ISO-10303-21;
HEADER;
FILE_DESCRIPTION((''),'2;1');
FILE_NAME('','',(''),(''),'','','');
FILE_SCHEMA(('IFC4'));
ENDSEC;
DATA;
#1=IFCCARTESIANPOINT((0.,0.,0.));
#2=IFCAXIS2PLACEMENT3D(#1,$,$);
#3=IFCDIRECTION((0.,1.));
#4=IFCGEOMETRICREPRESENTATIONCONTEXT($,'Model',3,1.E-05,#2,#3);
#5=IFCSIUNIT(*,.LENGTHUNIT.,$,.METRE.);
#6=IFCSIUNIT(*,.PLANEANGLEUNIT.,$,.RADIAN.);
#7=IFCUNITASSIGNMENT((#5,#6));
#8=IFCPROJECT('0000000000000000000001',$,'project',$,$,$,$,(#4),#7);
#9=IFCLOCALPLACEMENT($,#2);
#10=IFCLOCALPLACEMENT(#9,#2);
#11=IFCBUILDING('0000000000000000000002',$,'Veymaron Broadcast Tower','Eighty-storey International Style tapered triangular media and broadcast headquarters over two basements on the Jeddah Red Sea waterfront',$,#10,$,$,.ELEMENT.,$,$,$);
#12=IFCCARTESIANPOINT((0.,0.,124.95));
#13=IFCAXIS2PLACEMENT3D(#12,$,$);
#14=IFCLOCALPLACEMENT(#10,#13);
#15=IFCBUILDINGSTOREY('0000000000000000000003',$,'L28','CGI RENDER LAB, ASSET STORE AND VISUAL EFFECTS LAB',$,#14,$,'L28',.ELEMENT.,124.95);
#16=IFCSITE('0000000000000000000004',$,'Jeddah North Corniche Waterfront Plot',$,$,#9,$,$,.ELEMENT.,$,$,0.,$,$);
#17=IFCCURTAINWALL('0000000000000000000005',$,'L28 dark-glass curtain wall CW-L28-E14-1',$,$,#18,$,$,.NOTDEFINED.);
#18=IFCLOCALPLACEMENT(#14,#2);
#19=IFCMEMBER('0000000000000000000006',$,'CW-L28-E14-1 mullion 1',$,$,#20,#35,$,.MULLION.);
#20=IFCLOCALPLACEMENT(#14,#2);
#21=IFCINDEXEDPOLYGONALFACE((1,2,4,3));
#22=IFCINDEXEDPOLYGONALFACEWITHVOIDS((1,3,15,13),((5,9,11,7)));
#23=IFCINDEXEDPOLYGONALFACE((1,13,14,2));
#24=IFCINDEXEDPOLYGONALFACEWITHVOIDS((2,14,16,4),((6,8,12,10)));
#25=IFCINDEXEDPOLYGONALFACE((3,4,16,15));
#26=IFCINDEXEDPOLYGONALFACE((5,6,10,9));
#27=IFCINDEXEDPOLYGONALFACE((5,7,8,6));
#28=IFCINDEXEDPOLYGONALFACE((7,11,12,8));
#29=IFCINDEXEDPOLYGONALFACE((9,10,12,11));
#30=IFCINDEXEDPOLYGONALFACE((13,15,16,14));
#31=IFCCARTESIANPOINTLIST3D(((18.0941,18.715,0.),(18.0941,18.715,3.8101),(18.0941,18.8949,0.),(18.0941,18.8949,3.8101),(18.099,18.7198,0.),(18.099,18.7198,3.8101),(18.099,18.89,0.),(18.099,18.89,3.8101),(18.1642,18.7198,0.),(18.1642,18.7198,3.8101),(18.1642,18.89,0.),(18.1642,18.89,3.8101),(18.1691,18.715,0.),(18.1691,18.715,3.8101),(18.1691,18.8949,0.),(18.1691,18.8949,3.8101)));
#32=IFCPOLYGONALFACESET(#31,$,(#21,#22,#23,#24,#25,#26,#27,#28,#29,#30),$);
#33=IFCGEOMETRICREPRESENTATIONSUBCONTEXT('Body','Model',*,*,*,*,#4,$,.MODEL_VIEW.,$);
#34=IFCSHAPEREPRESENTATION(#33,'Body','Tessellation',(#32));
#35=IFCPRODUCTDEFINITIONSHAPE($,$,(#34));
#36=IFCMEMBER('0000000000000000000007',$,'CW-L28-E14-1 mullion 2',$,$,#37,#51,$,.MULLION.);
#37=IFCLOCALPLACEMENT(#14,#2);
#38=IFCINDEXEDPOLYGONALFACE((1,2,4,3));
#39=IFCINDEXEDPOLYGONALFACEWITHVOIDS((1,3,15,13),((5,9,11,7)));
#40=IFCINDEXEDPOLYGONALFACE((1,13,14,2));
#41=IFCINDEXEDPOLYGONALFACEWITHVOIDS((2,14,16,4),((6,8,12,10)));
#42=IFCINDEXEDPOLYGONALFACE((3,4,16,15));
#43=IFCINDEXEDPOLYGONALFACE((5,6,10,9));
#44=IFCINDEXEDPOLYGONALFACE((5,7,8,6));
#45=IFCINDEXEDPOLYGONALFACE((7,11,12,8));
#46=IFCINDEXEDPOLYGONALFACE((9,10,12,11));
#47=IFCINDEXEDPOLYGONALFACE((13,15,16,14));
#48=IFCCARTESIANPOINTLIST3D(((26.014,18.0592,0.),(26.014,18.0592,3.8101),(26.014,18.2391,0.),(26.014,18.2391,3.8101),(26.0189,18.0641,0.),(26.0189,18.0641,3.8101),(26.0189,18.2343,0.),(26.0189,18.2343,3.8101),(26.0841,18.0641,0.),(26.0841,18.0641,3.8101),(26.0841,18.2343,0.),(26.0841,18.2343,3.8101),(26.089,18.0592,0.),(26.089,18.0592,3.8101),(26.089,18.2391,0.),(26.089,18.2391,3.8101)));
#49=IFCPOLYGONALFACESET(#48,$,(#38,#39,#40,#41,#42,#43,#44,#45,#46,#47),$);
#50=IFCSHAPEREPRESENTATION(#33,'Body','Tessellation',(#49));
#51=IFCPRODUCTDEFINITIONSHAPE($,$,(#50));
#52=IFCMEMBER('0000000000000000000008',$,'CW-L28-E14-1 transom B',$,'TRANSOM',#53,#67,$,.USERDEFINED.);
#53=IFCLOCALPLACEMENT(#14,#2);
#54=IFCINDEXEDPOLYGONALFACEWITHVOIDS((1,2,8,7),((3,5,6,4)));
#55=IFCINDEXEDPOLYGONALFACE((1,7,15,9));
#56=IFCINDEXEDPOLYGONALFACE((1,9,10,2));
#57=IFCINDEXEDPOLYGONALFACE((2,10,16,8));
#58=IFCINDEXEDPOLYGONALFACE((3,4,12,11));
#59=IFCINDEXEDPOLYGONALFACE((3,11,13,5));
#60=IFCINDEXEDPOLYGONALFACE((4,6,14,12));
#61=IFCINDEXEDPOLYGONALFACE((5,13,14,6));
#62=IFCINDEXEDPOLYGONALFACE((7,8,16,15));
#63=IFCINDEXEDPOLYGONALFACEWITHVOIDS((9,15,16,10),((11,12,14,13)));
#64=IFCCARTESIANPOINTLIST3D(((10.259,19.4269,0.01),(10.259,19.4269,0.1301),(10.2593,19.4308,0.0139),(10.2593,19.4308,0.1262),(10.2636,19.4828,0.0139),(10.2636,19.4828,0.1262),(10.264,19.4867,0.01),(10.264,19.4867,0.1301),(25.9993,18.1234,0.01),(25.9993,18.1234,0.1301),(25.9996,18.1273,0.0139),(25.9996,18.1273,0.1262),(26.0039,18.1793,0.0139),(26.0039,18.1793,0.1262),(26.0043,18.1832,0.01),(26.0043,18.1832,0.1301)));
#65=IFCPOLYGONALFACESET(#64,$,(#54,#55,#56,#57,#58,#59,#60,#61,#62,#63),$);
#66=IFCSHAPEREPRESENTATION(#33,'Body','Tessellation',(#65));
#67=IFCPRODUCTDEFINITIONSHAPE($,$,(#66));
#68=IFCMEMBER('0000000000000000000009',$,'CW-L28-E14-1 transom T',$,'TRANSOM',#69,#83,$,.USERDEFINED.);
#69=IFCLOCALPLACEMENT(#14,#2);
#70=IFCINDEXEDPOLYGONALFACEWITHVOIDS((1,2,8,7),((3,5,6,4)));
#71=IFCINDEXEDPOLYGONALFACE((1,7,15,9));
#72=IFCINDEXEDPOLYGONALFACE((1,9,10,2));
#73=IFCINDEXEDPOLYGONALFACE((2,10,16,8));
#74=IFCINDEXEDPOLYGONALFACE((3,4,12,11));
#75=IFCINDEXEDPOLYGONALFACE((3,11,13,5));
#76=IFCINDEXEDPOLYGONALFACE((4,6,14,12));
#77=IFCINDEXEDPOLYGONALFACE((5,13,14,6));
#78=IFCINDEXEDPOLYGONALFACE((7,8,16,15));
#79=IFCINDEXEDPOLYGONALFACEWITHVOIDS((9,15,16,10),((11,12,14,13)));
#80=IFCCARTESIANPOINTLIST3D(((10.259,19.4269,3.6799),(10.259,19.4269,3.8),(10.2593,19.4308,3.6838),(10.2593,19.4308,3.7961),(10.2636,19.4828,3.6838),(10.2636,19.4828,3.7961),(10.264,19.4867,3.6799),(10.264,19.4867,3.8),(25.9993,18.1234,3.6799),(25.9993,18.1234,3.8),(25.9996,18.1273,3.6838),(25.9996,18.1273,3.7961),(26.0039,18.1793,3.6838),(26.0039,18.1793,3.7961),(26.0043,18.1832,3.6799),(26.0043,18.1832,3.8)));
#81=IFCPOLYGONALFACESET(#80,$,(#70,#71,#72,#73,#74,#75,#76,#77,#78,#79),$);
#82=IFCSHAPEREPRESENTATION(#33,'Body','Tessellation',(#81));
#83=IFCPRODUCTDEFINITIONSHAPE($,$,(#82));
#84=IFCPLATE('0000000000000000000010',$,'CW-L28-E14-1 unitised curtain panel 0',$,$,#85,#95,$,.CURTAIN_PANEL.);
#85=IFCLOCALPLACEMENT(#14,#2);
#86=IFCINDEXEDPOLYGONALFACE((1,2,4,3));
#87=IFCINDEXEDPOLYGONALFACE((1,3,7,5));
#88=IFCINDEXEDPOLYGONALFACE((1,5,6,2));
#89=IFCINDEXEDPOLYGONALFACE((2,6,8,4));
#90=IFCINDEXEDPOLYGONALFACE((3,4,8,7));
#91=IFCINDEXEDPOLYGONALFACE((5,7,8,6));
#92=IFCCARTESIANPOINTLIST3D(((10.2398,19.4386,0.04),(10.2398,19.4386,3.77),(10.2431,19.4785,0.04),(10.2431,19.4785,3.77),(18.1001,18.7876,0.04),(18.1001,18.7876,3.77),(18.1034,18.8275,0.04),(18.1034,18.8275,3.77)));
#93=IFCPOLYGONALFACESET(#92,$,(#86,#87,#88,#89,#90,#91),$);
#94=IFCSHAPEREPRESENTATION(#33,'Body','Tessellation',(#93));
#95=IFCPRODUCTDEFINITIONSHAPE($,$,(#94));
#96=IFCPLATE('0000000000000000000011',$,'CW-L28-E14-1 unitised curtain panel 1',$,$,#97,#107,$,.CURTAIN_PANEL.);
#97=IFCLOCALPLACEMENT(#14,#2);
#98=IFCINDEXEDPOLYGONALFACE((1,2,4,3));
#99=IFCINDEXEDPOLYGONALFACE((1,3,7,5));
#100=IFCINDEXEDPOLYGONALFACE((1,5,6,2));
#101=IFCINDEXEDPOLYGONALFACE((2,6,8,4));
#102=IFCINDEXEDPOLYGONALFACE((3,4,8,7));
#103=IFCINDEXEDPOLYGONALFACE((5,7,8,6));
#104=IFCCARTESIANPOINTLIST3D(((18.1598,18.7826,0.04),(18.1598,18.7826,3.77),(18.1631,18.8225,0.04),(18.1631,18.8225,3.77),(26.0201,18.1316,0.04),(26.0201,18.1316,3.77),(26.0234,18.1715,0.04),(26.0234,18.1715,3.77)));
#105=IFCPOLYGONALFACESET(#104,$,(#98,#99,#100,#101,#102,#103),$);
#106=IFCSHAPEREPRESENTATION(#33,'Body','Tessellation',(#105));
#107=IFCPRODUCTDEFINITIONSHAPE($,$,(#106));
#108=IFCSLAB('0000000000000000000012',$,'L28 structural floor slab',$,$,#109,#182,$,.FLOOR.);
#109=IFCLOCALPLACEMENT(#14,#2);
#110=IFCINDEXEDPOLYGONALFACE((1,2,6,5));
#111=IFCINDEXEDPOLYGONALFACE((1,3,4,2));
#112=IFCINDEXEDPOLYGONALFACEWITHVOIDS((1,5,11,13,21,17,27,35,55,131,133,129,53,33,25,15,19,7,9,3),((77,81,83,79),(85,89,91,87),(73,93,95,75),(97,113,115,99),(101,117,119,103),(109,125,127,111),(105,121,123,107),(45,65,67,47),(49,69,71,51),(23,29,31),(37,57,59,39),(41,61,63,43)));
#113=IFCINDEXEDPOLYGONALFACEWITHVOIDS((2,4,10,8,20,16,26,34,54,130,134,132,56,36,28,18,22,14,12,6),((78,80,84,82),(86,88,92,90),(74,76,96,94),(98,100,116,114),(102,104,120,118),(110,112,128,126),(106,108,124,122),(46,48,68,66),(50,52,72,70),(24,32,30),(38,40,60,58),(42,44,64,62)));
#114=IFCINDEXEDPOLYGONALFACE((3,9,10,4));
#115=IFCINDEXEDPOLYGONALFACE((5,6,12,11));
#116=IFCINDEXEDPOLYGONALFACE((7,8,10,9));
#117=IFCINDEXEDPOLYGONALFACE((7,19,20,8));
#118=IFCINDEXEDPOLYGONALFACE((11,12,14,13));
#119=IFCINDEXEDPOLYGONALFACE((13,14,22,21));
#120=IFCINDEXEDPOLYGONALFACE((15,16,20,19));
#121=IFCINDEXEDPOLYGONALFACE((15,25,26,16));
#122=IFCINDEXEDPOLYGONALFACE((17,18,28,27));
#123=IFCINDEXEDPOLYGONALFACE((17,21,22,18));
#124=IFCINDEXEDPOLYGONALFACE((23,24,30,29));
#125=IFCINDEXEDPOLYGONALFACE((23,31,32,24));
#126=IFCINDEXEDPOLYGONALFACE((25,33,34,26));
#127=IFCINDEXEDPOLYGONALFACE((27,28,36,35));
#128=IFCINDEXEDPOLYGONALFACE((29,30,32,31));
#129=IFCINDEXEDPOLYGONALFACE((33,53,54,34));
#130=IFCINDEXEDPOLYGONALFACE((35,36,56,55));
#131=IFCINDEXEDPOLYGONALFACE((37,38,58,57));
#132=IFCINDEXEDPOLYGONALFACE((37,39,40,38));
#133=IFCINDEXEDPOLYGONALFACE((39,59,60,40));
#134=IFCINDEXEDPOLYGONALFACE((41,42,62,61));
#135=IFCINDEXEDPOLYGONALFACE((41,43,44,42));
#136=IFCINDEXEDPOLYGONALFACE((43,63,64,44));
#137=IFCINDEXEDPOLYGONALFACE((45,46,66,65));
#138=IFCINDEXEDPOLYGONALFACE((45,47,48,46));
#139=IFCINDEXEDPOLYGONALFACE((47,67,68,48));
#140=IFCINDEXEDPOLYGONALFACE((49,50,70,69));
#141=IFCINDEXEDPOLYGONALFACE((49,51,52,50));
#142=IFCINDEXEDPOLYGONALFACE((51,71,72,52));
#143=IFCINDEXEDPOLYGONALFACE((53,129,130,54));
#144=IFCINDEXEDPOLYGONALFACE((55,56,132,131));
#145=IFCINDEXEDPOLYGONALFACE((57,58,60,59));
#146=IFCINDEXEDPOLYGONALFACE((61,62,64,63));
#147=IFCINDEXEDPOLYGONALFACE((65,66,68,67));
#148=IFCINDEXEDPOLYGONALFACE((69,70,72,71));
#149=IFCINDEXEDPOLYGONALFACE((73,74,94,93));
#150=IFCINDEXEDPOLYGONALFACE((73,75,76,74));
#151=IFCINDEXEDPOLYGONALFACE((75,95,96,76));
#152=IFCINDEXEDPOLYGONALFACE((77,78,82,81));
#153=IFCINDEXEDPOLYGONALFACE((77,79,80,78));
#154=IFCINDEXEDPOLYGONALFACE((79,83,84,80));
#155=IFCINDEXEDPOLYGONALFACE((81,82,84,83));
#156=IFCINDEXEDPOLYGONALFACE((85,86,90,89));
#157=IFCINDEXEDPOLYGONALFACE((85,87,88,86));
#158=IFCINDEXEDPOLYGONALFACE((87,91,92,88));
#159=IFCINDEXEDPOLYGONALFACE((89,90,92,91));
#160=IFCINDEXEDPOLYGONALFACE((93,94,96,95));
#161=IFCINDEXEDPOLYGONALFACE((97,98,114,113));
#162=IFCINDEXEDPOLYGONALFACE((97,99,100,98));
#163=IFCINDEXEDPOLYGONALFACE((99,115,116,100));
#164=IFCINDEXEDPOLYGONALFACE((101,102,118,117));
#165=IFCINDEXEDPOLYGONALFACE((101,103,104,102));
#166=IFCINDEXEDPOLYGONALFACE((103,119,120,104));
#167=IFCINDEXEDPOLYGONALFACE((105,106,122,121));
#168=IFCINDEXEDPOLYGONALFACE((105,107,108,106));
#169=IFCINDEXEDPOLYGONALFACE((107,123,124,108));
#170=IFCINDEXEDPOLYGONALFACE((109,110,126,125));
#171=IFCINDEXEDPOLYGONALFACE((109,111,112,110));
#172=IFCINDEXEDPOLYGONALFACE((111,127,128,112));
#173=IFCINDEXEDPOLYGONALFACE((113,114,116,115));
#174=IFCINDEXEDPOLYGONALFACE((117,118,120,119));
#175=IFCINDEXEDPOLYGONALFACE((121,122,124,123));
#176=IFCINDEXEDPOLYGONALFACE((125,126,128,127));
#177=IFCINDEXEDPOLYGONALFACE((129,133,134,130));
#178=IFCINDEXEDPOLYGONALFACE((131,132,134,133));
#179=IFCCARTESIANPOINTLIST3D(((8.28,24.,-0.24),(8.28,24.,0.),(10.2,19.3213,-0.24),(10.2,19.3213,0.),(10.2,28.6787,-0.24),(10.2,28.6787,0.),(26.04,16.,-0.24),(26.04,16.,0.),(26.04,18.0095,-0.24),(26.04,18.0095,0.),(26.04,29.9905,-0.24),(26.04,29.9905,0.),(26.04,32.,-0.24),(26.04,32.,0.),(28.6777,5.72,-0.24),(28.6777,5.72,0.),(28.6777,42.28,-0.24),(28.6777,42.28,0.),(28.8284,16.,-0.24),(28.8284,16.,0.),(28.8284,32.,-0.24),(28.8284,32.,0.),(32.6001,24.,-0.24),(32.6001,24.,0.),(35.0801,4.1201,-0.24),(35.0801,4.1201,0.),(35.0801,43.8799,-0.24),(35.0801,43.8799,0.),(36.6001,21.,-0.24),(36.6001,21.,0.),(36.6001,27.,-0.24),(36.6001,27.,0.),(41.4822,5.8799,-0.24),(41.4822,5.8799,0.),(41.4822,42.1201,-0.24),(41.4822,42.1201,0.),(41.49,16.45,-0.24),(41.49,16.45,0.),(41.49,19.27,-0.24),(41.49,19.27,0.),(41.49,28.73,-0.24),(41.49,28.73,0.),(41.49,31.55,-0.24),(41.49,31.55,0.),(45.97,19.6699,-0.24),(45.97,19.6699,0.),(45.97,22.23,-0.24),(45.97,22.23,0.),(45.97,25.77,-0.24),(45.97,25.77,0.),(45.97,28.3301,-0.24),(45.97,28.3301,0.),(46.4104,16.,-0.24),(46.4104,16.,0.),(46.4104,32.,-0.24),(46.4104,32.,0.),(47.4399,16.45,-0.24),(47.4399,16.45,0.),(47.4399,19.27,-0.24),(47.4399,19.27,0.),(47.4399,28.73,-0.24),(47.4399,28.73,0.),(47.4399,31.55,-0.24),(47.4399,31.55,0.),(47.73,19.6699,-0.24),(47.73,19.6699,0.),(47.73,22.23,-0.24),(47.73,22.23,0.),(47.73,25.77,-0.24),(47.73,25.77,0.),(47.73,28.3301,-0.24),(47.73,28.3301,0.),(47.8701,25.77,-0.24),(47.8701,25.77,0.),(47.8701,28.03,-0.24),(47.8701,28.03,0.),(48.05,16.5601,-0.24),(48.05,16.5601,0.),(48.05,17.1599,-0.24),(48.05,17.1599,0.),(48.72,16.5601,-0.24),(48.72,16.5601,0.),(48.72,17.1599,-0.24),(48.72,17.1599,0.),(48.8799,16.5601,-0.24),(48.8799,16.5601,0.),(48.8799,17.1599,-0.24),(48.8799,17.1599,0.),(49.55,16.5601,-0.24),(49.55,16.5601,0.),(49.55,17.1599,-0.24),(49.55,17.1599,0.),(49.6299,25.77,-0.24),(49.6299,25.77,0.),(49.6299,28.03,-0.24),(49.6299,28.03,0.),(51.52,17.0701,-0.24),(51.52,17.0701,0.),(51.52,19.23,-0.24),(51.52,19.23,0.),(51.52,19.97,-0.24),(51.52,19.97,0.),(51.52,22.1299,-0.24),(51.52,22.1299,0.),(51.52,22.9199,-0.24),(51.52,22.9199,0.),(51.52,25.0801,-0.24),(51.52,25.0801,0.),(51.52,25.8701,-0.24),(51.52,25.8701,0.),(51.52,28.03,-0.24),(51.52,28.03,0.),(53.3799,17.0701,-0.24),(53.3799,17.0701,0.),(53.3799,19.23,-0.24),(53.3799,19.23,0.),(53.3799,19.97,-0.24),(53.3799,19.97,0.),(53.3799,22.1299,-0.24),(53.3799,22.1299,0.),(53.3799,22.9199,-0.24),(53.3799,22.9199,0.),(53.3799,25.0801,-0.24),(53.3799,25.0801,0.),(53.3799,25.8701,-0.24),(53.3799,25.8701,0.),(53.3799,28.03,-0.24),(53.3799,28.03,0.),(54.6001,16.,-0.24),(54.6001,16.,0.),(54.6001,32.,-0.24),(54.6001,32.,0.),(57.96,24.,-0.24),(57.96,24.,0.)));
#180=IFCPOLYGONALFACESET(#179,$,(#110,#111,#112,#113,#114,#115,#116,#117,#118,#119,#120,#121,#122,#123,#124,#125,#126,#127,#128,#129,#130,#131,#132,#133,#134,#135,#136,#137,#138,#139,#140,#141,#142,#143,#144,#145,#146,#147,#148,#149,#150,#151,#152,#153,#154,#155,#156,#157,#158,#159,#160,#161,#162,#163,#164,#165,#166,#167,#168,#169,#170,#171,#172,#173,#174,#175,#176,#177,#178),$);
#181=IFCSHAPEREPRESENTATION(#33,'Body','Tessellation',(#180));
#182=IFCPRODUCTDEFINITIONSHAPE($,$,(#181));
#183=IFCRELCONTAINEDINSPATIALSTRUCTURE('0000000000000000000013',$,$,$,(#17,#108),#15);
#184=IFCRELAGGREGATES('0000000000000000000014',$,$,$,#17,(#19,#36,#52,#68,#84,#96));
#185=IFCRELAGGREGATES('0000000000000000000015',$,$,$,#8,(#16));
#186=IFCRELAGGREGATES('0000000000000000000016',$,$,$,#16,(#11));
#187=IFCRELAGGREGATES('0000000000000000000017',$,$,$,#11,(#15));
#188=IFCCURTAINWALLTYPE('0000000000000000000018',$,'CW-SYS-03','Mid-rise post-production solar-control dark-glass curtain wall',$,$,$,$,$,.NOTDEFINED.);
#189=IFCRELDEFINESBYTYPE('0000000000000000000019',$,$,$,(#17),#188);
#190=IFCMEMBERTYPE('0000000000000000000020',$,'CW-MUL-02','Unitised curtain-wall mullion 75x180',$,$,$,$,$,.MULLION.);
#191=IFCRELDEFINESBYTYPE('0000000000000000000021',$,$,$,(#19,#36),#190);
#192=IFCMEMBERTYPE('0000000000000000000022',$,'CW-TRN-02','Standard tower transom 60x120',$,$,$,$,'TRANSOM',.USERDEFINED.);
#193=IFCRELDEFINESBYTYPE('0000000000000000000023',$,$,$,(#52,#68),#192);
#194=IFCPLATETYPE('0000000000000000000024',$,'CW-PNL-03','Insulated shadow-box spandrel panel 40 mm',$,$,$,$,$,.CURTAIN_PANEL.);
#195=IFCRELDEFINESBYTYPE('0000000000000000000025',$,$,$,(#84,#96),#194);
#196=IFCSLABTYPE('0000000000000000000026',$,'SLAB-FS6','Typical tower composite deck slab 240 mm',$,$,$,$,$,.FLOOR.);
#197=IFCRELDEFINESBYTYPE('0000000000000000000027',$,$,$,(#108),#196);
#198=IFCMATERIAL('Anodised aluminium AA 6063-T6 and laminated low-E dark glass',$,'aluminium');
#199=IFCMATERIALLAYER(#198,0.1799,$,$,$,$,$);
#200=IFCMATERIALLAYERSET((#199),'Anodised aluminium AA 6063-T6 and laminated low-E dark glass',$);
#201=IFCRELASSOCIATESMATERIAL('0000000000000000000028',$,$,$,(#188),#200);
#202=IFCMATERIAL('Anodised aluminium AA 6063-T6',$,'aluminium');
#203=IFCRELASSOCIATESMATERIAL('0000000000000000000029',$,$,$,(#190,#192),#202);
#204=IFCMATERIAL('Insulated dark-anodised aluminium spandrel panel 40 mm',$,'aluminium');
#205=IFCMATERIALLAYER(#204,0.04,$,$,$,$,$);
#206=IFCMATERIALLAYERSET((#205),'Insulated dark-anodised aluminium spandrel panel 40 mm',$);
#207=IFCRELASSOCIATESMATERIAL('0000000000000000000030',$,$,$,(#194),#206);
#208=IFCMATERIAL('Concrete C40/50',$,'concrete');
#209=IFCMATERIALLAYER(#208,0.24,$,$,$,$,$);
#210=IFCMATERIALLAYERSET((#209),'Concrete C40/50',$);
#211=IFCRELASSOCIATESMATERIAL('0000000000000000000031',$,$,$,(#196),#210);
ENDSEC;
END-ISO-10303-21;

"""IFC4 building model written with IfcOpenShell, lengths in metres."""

from ifc_helpers import new_model, si_unit, direction, frame, origin, origin_2d, place, context, subcontext, project, spatial, polyline, rectangle, hollow_rectangle, outline, extrude, material, layer, layer_set, material_profile, profile_set, type_object, element, aggregate, save


model = new_model("IFC4")

# Units and contexts
model_context = context("Model", 3, precision=1e-05, world=origin(), true_north=direction((0.0, 1.0)))
body_context = subcontext(model_context, "Body", "Model", "MODEL_VIEW")
ifc_project = project(units=[si_unit("LENGTHUNIT", "METRE"), si_unit("PLANEANGLEUNIT", "RADIAN")], contexts=[model_context])

# Site, building, storey
site_placement = place(None, origin())
site = spatial("IfcSite", under=ifc_project, at=site_placement, Name="Jeddah North Corniche Waterfront Plot", CompositionType="ELEMENT", RefElevation=0.0)
building_placement = place(site_placement, origin())
building = spatial("IfcBuilding", under=site, at=building_placement, Name="Veymaron Broadcast Tower", Description="Eighty-storey International Style tapered triangular media and broadcast headquarters over two basements on the Jeddah Red Sea waterfront", CompositionType="ELEMENT")
storey_placement = place(building_placement, frame((0.0, 0.0, 124.95)))
storey = spatial("IfcBuildingStorey", under=building, at=storey_placement, Name="L28", Description="CGI RENDER LAB, ASSET STORE AND VISUAL EFFECTS LAB", LongName="L28", CompositionType="ELEMENT", Elevation=124.95)

# Curtain wall, members, plates
ifc_material_1 = material(Name="Anodised aluminium AA 6063-T6 and laminated low-E dark glass", Category="aluminium")
ifc_layer_1 = layer(ifc_material_1, 0.1799)
ifc_layer_set_1 = layer_set([ifc_layer_1], Name="Anodised aluminium AA 6063-T6 and laminated low-E dark glass")
curtain_wall_type = type_object("IfcCurtainWallType", Name="CW-SYS-03", Description="Mid-rise post-production solar-control dark-glass curtain wall", PredefinedType="NOTDEFINED", material=ifc_layer_set_1)
curtain_wall_placement = place(storey_placement, origin())
curtain_wall = element("IfcCurtainWall", 1, at=curtain_wall_placement, inside=storey, type_object=curtain_wall_type, Name="L28 dark-glass curtain wall CW-L28-E14-1", PredefinedType="NOTDEFINED")
ifc_material_2 = material(Name="Anodised aluminium AA 6063-T6", Category="aluminium")
ifc_material_profile_1 = material_profile(ifc_material_2, hollow_rectangle(XDim=0.075, YDim=0.1799, WallThickness=0.0049, at=origin_2d()), Name="AL180X75X5")
ifc_profile_set_1 = profile_set([ifc_material_profile_1], Name="Anodised aluminium AA 6063-T6")
member_type_1 = type_object("IfcMemberType", Name="CW-MUL-02", Description="Unitised curtain-wall mullion 75x180", PredefinedType="MULLION", material=ifc_profile_set_1)
member_1_placement = place(storey_placement, frame((18.1316, 18.8049, 0.0), z_axis=(0.0, 0.0, 1.0), x_axis=(1.0, 0.0, 0.0)))
member_1 = element("IfcMember", 2, at=member_1_placement, type_object=member_type_1, Name="CW-L28-E14-1 mullion 1", PredefinedType="MULLION", context=body_context, shape_type="SweptSolid", body=[
    extrude(hollow_rectangle(XDim=0.075, YDim=0.1799, WallThickness=0.0049, at=origin_2d()), origin(), (0.0, 0.0, 1.0), 3.8101),
])
member_2_placement = place(storey_placement, frame((26.0515, 18.1492, 0.0), z_axis=(0.0, 0.0, 1.0), x_axis=(1.0, 0.0, 0.0)))
member_2 = element("IfcMember", 3, at=member_2_placement, type_object=member_type_1, Name="CW-L28-E14-1 mullion 2", PredefinedType="MULLION", context=body_context, shape_type="SweptSolid", body=[
    extrude(hollow_rectangle(XDim=0.075, YDim=0.1799, WallThickness=0.0049, at=origin_2d()), origin(), (0.0, 0.0, 1.0), 3.8101),
])
ifc_material_profile_2 = material_profile(ifc_material_2, hollow_rectangle(XDim=0.0601, YDim=0.1201, WallThickness=0.0039, at=origin_2d()), Name="AL120X60X4")
ifc_profile_set_2 = profile_set([ifc_material_profile_2], Name="Anodised aluminium AA 6063-T6")
member_type_2 = type_object("IfcMemberType", Name="CW-TRN-02", Description="Standard tower transom 60x120", ElementType="TRANSOM", PredefinedType="USERDEFINED", material=ifc_profile_set_2)
member_3_placement = place(storey_placement, frame((10.2615, 19.4568, 0.0701), z_axis=(0.996589, -0.082529, 0.0), x_axis=(0.082529, 0.996589, 0.0)))
member_3 = element("IfcMember", 4, at=member_3_placement, type_object=member_type_2, Name="CW-L28-E14-1 transom B", ObjectType="TRANSOM", PredefinedType="USERDEFINED", context=body_context, shape_type="SweptSolid", body=[
    extrude(hollow_rectangle(XDim=0.0601, YDim=0.1201, WallThickness=0.0039, at=origin_2d()), origin(), (0.0, 0.0, 1.0), 15.7942),
])
member_4_placement = place(storey_placement, frame((10.2615, 19.4568, 3.74), z_axis=(0.996589, -0.082529, 0.0), x_axis=(0.082529, 0.996589, 0.0)))
member_4 = element("IfcMember", 5, at=member_4_placement, type_object=member_type_2, Name="CW-L28-E14-1 transom T", ObjectType="TRANSOM", PredefinedType="USERDEFINED", context=body_context, shape_type="SweptSolid", body=[
    extrude(hollow_rectangle(XDim=0.0601, YDim=0.1201, WallThickness=0.0039, at=origin_2d()), origin(), (0.0, 0.0, 1.0), 15.7942),
])
ifc_material_3 = material(Name="Insulated dark-anodised aluminium spandrel panel 40 mm", Category="aluminium")
ifc_layer_2 = layer(ifc_material_3, 0.04)
ifc_layer_set_2 = layer_set([ifc_layer_2], Name="Insulated dark-anodised aluminium spandrel panel 40 mm")
plate_type = type_object("IfcPlateType", Name="CW-PNL-03", Description="Insulated shadow-box spandrel panel 40 mm", PredefinedType="CURTAIN_PANEL", material=ifc_layer_set_2)
plate_1_placement = place(storey_placement, frame((14.1716, 19.1331, 0.04), z_axis=(0.0, 0.0, 1.0), x_axis=(0.996589, -0.08253, 0.0)))
plate_1 = element("IfcPlate", 6, at=plate_1_placement, type_object=plate_type, Name="CW-L28-E14-1 unitised curtain panel 0", PredefinedType="CURTAIN_PANEL", context=body_context, shape_type="SweptSolid", body=[
    extrude(rectangle(XDim=7.8872, YDim=0.04, at=origin_2d()), origin(), (0.0, 0.0, 1.0), 3.73),
])
plate_2_placement = place(storey_placement, frame((22.0916, 18.4771, 0.04), z_axis=(0.0, 0.0, 1.0), x_axis=(0.996589, -0.08253, 0.0)))
plate_2 = element("IfcPlate", 7, at=plate_2_placement, type_object=plate_type, Name="CW-L28-E14-1 unitised curtain panel 1", PredefinedType="CURTAIN_PANEL", context=body_context, shape_type="SweptSolid", body=[
    extrude(rectangle(XDim=7.8872, YDim=0.04, at=origin_2d()), origin(), (0.0, 0.0, 1.0), 3.73),
])
aggregate(curtain_wall, [member_1, member_2, member_3, member_4, plate_1, plate_2])

# Slab
ifc_material_4 = material(Name="Concrete C40/50", Category="concrete")
ifc_layer_3 = layer(ifc_material_4, 0.24)
ifc_layer_set_3 = layer_set([ifc_layer_3], Name="Concrete C40/50")
slab_type_1 = type_object("IfcSlabType", Name="SLAB-FS6", Description="Typical tower composite deck slab 240 mm", PredefinedType="FLOOR", material=ifc_layer_set_3)
slab_1_placement = place(storey_placement, frame((0.0, 0.0, -0.24)))
element("IfcSlab", 8, at=slab_1_placement, inside=storey, type_object=slab_type_1, Name="L28 structural floor slab", PredefinedType="FLOOR", context=body_context, shape_type="SweptSolid", body=[
    extrude(outline(polyline([(46.4104, 16.0), (54.6001, 16.0), (57.96, 24.0), (54.6001, 32.0), (46.4104, 32.0), (41.4822, 42.1201), (35.0801, 43.8799), (28.6777, 42.28), (28.8284, 32.0), (26.04, 32.0), (26.04, 29.9905), (10.2, 28.6787), (8.28, 24.0), (10.2, 19.3213), (26.04, 18.0095), (26.04, 16.0), (28.8284, 16.0), (28.6777, 5.72), (35.0801, 4.1201), (41.4822, 5.8799), (46.4104, 16.0)]), holes=[polyline([(45.97, 28.3301), (47.73, 28.3301), (47.73, 25.77), (45.97, 25.77), (45.97, 28.3301)]), polyline([(45.97, 22.23), (47.73, 22.23), (47.73, 19.6699), (45.97, 19.6699), (45.97, 22.23)]), polyline([(47.8701, 28.03), (49.6299, 28.03), (49.6299, 25.77), (47.8701, 25.77), (47.8701, 28.03)]), polyline([(51.52, 28.03), (53.3799, 28.03), (53.3799, 25.8701), (51.52, 25.8701), (51.52, 28.03)]), polyline([(51.52, 22.1299), (53.3799, 22.1299), (53.3799, 19.97), (51.52, 19.97), (51.52, 22.1299)]), polyline([(51.52, 25.0801), (53.3799, 25.0801), (53.3799, 22.9199), (51.52, 22.9199), (51.52, 25.0801)]), polyline([(51.52, 19.23), (53.3799, 19.23), (53.3799, 17.0701), (51.52, 17.0701), (51.52, 19.23)]), polyline([(48.05, 17.1599), (48.72, 17.1599), (48.72, 16.5601), (48.05, 16.5601), (48.05, 17.1599)]), polyline([(48.8799, 17.1599), (49.55, 17.1599), (49.55, 16.5601), (48.8799, 16.5601), (48.8799, 17.1599)]), polyline([(36.6001, 27.0), (36.6001, 21.0), (32.6001, 24.0), (36.6001, 27.0)]), polyline([(41.49, 31.55), (47.4399, 31.55), (47.4399, 28.73), (41.49, 28.73), (41.49, 31.55)]), polyline([(41.49, 19.27), (47.4399, 19.27), (47.4399, 16.45), (41.49, 16.45), (41.49, 19.27)])]), origin(), (0.0, 0.0, 1.0), 0.24),
])

save(model, "model.ifc")
